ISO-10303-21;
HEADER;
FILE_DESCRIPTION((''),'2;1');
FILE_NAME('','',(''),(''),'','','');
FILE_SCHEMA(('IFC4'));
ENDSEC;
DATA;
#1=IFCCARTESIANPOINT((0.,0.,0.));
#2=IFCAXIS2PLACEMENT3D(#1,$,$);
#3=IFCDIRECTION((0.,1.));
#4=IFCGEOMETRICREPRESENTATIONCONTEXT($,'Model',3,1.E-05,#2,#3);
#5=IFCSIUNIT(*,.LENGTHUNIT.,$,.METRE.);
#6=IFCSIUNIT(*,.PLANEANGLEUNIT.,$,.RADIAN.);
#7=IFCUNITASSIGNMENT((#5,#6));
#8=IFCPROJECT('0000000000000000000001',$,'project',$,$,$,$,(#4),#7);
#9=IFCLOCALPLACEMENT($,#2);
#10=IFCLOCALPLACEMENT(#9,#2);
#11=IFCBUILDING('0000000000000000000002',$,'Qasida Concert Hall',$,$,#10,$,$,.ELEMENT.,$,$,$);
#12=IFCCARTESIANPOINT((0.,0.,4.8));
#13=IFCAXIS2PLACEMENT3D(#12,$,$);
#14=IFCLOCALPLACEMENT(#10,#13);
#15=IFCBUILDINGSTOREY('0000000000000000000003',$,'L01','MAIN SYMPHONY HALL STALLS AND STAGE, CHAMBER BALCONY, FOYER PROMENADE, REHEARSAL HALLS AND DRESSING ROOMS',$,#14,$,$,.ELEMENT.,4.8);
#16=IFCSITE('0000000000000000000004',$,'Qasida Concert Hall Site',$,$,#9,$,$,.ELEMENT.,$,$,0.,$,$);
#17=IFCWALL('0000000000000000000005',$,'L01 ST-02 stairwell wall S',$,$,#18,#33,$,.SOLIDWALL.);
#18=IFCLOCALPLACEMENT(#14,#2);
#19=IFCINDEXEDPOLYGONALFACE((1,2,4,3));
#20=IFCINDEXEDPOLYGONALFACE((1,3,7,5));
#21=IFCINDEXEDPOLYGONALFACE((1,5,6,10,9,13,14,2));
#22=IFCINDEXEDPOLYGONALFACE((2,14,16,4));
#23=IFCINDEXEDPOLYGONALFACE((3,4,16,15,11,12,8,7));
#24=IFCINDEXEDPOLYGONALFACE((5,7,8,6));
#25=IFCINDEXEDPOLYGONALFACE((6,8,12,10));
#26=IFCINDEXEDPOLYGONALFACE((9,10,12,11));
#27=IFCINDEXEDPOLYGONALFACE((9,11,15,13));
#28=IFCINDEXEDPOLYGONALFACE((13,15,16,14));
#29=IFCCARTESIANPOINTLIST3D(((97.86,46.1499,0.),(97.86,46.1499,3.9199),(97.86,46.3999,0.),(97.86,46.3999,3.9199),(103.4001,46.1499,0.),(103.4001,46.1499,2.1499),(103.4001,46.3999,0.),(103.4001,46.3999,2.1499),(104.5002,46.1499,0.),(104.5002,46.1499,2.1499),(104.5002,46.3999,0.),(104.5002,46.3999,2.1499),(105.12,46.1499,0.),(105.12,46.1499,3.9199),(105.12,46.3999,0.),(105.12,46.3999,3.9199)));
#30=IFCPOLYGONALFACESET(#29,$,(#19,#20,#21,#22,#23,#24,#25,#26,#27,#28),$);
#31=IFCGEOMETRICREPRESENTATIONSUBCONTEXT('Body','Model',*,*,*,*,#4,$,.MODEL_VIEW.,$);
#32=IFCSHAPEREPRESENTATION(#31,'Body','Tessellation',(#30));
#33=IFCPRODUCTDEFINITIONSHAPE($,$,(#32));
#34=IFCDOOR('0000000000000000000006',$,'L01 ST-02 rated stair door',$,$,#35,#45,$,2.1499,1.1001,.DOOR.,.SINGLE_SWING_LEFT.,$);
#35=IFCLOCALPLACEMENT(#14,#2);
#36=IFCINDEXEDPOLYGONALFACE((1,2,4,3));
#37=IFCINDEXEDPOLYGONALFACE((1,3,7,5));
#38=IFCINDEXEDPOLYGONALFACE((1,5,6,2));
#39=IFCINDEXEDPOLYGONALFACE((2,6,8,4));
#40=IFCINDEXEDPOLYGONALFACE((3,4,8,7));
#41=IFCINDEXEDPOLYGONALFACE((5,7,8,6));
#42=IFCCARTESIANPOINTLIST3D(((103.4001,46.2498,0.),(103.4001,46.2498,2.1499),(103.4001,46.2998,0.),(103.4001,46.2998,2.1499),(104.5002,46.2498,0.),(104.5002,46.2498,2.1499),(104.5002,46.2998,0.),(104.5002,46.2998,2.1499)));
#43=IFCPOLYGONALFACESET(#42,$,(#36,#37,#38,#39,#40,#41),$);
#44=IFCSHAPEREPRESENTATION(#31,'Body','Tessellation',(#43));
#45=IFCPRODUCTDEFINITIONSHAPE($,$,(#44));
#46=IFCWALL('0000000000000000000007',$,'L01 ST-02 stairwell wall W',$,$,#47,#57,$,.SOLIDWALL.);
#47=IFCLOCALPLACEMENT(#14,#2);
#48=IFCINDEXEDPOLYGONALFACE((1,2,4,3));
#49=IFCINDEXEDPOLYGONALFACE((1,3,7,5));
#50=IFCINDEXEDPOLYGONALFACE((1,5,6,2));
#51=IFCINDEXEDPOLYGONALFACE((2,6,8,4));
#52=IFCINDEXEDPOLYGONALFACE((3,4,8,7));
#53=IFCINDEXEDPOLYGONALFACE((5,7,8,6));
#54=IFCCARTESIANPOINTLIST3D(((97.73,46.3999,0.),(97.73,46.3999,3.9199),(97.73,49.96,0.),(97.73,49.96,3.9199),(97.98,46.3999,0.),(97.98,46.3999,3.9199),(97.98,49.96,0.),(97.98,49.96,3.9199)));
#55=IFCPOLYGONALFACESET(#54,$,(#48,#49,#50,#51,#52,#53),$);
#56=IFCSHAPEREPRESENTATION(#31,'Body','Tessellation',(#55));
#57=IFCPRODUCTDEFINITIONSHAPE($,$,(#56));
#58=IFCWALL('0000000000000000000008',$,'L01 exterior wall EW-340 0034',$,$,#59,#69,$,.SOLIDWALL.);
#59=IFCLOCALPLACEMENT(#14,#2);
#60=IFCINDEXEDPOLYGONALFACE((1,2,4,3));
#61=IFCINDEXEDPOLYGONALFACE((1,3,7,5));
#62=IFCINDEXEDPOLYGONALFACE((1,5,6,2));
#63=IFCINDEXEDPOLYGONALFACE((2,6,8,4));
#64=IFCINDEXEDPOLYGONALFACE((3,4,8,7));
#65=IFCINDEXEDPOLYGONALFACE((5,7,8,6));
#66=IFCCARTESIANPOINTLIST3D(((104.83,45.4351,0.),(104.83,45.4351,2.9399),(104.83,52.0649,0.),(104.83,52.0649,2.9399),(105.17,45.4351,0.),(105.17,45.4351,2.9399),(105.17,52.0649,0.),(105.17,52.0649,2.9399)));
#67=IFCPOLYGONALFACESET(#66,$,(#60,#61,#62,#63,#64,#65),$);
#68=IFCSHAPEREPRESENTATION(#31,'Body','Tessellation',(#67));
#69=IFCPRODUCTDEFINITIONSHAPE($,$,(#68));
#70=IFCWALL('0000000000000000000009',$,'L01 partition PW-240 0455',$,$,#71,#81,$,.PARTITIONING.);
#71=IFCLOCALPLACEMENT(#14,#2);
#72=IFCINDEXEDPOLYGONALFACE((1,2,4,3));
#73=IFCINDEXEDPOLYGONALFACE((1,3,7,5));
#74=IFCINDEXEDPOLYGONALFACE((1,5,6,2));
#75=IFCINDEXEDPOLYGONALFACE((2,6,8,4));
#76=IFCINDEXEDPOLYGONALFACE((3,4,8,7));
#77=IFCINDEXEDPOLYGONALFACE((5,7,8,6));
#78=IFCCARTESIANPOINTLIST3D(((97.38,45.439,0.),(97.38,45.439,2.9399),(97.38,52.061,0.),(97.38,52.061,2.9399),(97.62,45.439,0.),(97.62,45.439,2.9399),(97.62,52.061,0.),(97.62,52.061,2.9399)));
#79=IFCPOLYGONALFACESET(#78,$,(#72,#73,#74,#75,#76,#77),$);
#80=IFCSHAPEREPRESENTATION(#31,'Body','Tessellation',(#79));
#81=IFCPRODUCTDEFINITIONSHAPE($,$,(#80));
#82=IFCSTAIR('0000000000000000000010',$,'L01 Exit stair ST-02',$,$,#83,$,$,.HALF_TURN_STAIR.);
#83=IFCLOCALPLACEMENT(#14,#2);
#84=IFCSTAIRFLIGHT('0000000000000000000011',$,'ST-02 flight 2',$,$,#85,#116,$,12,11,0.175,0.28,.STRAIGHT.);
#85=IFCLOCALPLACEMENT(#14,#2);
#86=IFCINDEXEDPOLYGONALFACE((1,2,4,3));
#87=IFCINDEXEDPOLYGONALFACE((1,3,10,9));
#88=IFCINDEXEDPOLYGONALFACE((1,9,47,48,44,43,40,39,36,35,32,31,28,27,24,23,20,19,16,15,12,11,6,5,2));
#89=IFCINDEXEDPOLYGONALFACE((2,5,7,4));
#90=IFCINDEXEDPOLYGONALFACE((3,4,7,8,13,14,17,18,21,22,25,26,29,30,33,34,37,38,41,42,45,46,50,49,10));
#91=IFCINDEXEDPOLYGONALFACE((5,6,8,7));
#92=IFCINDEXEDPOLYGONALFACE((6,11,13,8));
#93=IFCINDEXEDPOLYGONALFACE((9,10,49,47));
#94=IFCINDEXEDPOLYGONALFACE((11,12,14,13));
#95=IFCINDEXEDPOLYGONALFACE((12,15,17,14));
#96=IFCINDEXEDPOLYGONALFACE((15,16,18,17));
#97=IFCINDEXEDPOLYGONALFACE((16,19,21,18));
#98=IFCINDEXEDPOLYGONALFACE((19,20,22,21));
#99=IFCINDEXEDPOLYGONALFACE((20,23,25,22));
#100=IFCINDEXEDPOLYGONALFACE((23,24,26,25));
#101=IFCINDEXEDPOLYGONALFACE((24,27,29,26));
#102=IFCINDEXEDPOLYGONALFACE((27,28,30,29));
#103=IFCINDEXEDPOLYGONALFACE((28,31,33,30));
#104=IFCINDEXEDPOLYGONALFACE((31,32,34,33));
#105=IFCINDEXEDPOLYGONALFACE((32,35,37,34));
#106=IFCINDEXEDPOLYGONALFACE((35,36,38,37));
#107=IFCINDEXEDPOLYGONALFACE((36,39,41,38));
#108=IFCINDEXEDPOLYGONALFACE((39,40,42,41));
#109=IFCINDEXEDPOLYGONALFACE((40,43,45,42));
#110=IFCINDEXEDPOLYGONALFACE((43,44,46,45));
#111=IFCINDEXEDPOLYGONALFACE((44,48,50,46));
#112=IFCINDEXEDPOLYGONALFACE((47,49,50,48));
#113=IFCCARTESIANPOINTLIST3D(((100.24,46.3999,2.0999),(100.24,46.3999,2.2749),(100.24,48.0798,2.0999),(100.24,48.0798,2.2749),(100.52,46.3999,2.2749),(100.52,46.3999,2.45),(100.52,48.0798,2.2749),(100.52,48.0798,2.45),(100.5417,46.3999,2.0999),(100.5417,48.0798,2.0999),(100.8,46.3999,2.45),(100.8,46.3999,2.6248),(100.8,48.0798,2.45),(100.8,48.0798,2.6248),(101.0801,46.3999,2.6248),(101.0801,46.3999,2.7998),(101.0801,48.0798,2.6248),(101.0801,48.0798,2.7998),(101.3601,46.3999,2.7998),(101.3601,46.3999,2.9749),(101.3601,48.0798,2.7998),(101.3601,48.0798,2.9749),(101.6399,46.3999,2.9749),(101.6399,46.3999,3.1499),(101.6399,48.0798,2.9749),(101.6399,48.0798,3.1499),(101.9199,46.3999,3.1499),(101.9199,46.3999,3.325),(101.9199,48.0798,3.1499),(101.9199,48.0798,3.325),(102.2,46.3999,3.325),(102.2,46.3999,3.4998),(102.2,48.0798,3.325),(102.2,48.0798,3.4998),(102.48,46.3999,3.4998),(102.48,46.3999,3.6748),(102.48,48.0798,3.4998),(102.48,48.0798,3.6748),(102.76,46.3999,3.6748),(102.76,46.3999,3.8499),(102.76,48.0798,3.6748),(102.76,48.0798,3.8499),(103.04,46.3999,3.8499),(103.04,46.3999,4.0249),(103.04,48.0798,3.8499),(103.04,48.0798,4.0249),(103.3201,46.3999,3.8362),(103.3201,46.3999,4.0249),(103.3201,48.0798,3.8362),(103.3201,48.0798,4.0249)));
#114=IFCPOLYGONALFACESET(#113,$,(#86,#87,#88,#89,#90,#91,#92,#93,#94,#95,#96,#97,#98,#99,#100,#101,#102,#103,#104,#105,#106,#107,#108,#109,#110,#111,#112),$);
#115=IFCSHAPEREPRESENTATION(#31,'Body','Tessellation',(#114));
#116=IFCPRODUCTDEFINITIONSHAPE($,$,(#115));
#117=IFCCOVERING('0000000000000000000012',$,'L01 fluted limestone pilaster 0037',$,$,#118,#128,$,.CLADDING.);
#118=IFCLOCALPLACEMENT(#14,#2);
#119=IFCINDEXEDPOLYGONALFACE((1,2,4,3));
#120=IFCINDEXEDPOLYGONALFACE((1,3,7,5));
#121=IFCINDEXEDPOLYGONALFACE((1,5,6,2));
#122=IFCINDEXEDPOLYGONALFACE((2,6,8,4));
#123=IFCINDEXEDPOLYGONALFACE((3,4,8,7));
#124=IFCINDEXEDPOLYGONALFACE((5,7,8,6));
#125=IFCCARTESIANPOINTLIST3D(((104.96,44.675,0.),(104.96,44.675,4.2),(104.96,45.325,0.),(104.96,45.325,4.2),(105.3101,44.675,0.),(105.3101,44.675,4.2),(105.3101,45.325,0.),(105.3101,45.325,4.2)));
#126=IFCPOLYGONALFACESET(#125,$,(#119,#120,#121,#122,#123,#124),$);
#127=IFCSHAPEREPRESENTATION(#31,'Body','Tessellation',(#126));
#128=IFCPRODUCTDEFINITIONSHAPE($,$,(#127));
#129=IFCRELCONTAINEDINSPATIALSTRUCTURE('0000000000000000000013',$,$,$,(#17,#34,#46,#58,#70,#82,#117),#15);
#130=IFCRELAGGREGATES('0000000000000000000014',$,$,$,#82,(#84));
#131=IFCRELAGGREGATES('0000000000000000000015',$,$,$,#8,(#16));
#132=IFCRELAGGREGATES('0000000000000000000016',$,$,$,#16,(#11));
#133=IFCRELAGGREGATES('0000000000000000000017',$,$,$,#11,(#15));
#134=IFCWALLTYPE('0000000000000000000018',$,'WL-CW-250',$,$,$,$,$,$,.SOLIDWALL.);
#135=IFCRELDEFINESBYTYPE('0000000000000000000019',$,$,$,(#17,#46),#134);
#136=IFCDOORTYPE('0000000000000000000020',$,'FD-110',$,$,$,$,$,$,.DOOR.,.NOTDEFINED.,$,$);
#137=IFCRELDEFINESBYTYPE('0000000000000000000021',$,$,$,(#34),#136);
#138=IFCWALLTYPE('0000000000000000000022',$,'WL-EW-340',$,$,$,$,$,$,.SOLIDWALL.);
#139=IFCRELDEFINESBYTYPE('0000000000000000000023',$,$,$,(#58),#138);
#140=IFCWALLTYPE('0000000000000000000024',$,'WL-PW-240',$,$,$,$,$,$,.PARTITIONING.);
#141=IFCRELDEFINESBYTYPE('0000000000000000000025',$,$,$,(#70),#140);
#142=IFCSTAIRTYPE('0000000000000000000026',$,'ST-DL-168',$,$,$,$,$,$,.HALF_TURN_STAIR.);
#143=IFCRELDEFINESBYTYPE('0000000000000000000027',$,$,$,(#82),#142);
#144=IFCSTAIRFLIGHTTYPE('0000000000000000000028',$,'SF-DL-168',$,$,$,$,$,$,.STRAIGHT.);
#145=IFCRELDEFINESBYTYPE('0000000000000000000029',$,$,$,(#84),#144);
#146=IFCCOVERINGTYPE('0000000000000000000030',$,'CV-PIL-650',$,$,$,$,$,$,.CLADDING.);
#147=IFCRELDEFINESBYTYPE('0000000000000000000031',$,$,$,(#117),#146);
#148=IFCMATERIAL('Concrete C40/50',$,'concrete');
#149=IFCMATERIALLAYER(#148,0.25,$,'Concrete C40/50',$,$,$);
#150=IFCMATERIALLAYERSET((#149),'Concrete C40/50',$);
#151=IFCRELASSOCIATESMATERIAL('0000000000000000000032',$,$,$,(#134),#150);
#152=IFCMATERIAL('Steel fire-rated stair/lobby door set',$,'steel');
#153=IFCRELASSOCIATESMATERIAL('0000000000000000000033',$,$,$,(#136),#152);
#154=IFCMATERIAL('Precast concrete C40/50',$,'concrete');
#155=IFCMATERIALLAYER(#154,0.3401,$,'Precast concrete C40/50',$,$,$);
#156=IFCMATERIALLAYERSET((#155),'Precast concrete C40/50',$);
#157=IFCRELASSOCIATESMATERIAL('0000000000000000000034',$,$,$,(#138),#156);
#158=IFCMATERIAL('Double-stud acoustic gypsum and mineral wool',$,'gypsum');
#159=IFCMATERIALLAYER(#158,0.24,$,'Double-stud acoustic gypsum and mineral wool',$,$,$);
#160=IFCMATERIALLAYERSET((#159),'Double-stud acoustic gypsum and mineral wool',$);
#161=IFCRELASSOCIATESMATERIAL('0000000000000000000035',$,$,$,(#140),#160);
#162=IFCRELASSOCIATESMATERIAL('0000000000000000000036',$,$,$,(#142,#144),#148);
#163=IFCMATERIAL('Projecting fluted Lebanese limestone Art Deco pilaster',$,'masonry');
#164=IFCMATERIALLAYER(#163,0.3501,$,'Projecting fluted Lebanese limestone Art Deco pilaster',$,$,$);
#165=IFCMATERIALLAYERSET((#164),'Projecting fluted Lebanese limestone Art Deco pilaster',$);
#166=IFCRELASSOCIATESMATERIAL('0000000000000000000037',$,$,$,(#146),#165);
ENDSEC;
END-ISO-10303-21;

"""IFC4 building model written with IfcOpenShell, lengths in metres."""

from ifc_helpers import new_model, si_unit, direction, frame, frame_2d, origin, origin_2d, place, context, subcontext, project, spatial, polyline, rectangle, outline, extrude, material, layer, layer_set, type_object, element, fill, aggregate, save


model = new_model("IFC4")

# Units and contexts
model_context = context("Model", 3, precision=1e-05, world=origin(), true_north=direction((0.0, 1.0)))
body_context = subcontext(model_context, "Body", "Model", "MODEL_VIEW")
ifc_project = project(units=[si_unit("LENGTHUNIT", "METRE"), si_unit("PLANEANGLEUNIT", "RADIAN")], contexts=[model_context])

# Site, building, storey
site_placement = place(None, origin())
site = spatial("IfcSite", under=ifc_project, at=site_placement, Name="Qasida Concert Hall Site", CompositionType="ELEMENT", RefElevation=0.0)
building_placement = place(site_placement, origin())
building = spatial("IfcBuilding", under=site, at=building_placement, Name="Qasida Concert Hall", CompositionType="ELEMENT")
storey_placement = place(building_placement, frame((0.0, 0.0, 4.8)))
storey = spatial("IfcBuildingStorey", under=building, at=storey_placement, Name="L01", Description="MAIN SYMPHONY HALL STALLS AND STAGE, CHAMBER BALCONY, FOYER PROMENADE, REHEARSAL HALLS AND DRESSING ROOMS", CompositionType="ELEMENT", Elevation=4.8)

# Shared definitions
ifc_material_1 = material(Name="Concrete C40/50", Category="concrete")

# Wall, opening, door
ifc_layer_1 = layer(ifc_material_1, 0.25, Name="Concrete C40/50")
ifc_layer_set_1 = layer_set([ifc_layer_1], Name="Concrete C40/50")
wall_type_1 = type_object("IfcWallType", Name="WL-CW-250", PredefinedType="SOLIDWALL", material=ifc_layer_set_1)
wall_1_placement = place(storey_placement, frame((97.8601, 46.2749, 0.0), z_axis=(0.0, 0.0, 1.0), x_axis=(1.0, 0.0, 0.0)))
wall_1 = element("IfcWall", 1, at=wall_1_placement, inside=storey, type_object=wall_type_1, Name="L01 ST-02 stairwell wall S", PredefinedType="SOLIDWALL", context=body_context, shape_type="SweptSolid", body=[
    extrude(rectangle(XDim=7.26, YDim=0.25, at=frame_2d((3.6299, 0.0))), origin(), (0.0, 0.0, 1.0), 3.9199),
])
opening_placement = place(wall_1_placement, frame((5.54, 0.0, 0.0)))
opening = element("IfcOpeningElement", 2, at=opening_placement, cuts=wall_1, PredefinedType="OPENING", context=body_context, shape_type="SweptSolid", body=[
    extrude(rectangle(XDim=1.1001, YDim=2.1499, at=frame_2d((0.55, 1.075))), frame((0.0, 0.135, 0.0), z_axis=(0.0, -1.0, 0.0), x_axis=(1.0, 0.0, 0.0)), (0.0, 0.0, 1.0), 0.27),
])
ifc_material_2 = material(Name="Steel fire-rated stair/lobby door set", Category="steel")
door_type = type_object("IfcDoorType", Name="FD-110", OperationType="NOTDEFINED", PredefinedType="DOOR", material=ifc_material_2)
door_placement = place(opening_placement, origin())
door = element("IfcDoor", 3, at=door_placement, inside=storey, type_object=door_type, Name="L01 ST-02 rated stair door", OperationType="SINGLE_SWING_LEFT", OverallHeight=2.1499, OverallWidth=1.1001, PredefinedType="DOOR", context=body_context, shape_type="SweptSolid", body=[
    extrude(rectangle(XDim=1.1001, YDim=2.1499, at=frame_2d((0.55, 1.075))), frame((0.0, 0.0249, 0.0), z_axis=(0.0, -1.0, 0.0), x_axis=(1.0, 0.0, 0.0)), (0.0, 0.0, 1.0), 0.05),
])
fill(opening, door)

# Walls
wall_2_placement = place(storey_placement, frame((97.855, 46.3999, 0.0), z_axis=(0.0, 0.0, 1.0), x_axis=(0.0, 1.0, 0.0)))
element("IfcWall", 4, at=wall_2_placement, inside=storey, type_object=wall_type_1, Name="L01 ST-02 stairwell wall W", PredefinedType="SOLIDWALL", context=body_context, shape_type="SweptSolid", body=[
    extrude(rectangle(XDim=3.5601, YDim=0.25, at=frame_2d((1.78, 0.0))), origin(), (0.0, 0.0, 1.0), 3.9199),
])
ifc_material_3 = material(Name="Precast concrete C40/50", Category="concrete")
ifc_layer_2 = layer(ifc_material_3, 0.3401, Name="Precast concrete C40/50")
ifc_layer_set_2 = layer_set([ifc_layer_2], Name="Precast concrete C40/50")
wall_type_2 = type_object("IfcWallType", Name="WL-EW-340", PredefinedType="SOLIDWALL", material=ifc_layer_set_2)
wall_3_placement = place(storey_placement, frame((105.0, 45.4351, 0.0), z_axis=(0.0, 0.0, 1.0), x_axis=(0.0, 1.0, 0.0)))
element("IfcWall", 5, at=wall_3_placement, inside=storey, type_object=wall_type_2, Name="L01 exterior wall EW-340 0034", PredefinedType="SOLIDWALL", context=body_context, shape_type="SweptSolid", body=[
    extrude(rectangle(XDim=6.6299, YDim=0.3401, at=frame_2d((3.3149, 0.0))), origin(), (0.0, 0.0, 1.0), 2.9399),
])
ifc_material_4 = material(Name="Double-stud acoustic gypsum and mineral wool", Category="gypsum")
ifc_layer_3 = layer(ifc_material_4, 0.24, Name="Double-stud acoustic gypsum and mineral wool")
ifc_layer_set_3 = layer_set([ifc_layer_3], Name="Double-stud acoustic gypsum and mineral wool")
wall_type_3 = type_object("IfcWallType", Name="WL-PW-240", PredefinedType="PARTITIONING", material=ifc_layer_set_3)
wall_4_placement = place(storey_placement, frame((97.5, 45.439, 0.0), z_axis=(0.0, 0.0, 1.0), x_axis=(0.0, 1.0, 0.0)))
element("IfcWall", 6, at=wall_4_placement, inside=storey, type_object=wall_type_3, Name="L01 partition PW-240 0455", PredefinedType="PARTITIONING", context=body_context, shape_type="SweptSolid", body=[
    extrude(rectangle(XDim=6.6221, YDim=0.24, at=frame_2d((3.311, 0.0))), origin(), (0.0, 0.0, 1.0), 2.9399),
])

# Stair, stair flight
stair_type = type_object("IfcStairType", Name="ST-DL-168", PredefinedType="HALF_TURN_STAIR", material=ifc_material_1)
stair_placement = place(storey_placement, origin())
stair = element("IfcStair", 7, at=stair_placement, inside=storey, type_object=stair_type, Name="L01 Exit stair ST-02", PredefinedType="HALF_TURN_STAIR")
stair_flight_type = type_object("IfcStairFlightType", Name="SF-DL-168", PredefinedType="STRAIGHT", material=ifc_material_1)
stair_flight_placement = place(storey_placement, frame((100.24, 47.24, 2.0999), z_axis=(0.0, 0.0, 1.0), x_axis=(1.0, 0.0, 0.0)))
stair_flight = element("IfcStairFlight", 8, at=stair_flight_placement, type_object=stair_flight_type, Name="ST-02 flight 2", NumberOfRisers=12, NumberOfTreads=11, PredefinedType="STRAIGHT", RiserHeight=0.175, TreadLength=0.28, context=body_context, shape_type="SweptSolid", body=[
    extrude(outline(polyline([(0.0, 0.0), (0.0, 0.175), (0.28, 0.175), (0.28, 0.3501), (0.5601, 0.3501), (0.5601, 0.5249), (0.8401, 0.5249), (0.8401, 0.7), (1.1201, 0.7), (1.1201, 0.875), (1.3999, 0.875), (1.3999, 1.05), (1.6799, 1.05), (1.6799, 1.2251), (1.96, 1.2251), (1.96, 1.3999), (2.24, 1.3999), (2.24, 1.575), (2.52, 1.575), (2.52, 1.75), (2.8, 1.75), (2.8, 1.925), (3.0801, 1.925), (3.0801, 2.1001), (3.0801, 1.7363), (0.3018, 0.0), (0.0, 0.0)])), frame((0.0, 0.8398, 0.0), z_axis=(0.0, -1.0, 0.0), x_axis=(1.0, 0.0, 0.0)), (0.0, 0.0, 1.0), 1.6799),
])
aggregate(stair, [stair_flight])

# Covering
ifc_material_5 = material(Name="Projecting fluted Lebanese limestone Art Deco pilaster", Category="masonry")
ifc_layer_4 = layer(ifc_material_5, 0.3501, Name="Projecting fluted Lebanese limestone Art Deco pilaster")
ifc_layer_set_4 = layer_set([ifc_layer_4], Name="Projecting fluted Lebanese limestone Art Deco pilaster")
covering_type = type_object("IfcCoveringType", Name="CV-PIL-650", PredefinedType="CLADDING", material=ifc_layer_set_4)
covering_placement = place(storey_placement, frame((105.135, 45.0, 0.0), z_axis=(0.0, 0.0, 1.0), x_axis=(1.0, 0.0, 0.0)))
element("IfcCovering", 9, at=covering_placement, inside=storey, type_object=covering_type, Name="L01 fluted limestone pilaster 0037", PredefinedType="CLADDING", context=body_context, shape_type="SweptSolid", body=[
    extrude(rectangle(XDim=0.3501, YDim=0.6499, at=origin_2d()), origin(), (0.0, 0.0, 1.0), 4.2),
])

save(model, "model.ifc")
